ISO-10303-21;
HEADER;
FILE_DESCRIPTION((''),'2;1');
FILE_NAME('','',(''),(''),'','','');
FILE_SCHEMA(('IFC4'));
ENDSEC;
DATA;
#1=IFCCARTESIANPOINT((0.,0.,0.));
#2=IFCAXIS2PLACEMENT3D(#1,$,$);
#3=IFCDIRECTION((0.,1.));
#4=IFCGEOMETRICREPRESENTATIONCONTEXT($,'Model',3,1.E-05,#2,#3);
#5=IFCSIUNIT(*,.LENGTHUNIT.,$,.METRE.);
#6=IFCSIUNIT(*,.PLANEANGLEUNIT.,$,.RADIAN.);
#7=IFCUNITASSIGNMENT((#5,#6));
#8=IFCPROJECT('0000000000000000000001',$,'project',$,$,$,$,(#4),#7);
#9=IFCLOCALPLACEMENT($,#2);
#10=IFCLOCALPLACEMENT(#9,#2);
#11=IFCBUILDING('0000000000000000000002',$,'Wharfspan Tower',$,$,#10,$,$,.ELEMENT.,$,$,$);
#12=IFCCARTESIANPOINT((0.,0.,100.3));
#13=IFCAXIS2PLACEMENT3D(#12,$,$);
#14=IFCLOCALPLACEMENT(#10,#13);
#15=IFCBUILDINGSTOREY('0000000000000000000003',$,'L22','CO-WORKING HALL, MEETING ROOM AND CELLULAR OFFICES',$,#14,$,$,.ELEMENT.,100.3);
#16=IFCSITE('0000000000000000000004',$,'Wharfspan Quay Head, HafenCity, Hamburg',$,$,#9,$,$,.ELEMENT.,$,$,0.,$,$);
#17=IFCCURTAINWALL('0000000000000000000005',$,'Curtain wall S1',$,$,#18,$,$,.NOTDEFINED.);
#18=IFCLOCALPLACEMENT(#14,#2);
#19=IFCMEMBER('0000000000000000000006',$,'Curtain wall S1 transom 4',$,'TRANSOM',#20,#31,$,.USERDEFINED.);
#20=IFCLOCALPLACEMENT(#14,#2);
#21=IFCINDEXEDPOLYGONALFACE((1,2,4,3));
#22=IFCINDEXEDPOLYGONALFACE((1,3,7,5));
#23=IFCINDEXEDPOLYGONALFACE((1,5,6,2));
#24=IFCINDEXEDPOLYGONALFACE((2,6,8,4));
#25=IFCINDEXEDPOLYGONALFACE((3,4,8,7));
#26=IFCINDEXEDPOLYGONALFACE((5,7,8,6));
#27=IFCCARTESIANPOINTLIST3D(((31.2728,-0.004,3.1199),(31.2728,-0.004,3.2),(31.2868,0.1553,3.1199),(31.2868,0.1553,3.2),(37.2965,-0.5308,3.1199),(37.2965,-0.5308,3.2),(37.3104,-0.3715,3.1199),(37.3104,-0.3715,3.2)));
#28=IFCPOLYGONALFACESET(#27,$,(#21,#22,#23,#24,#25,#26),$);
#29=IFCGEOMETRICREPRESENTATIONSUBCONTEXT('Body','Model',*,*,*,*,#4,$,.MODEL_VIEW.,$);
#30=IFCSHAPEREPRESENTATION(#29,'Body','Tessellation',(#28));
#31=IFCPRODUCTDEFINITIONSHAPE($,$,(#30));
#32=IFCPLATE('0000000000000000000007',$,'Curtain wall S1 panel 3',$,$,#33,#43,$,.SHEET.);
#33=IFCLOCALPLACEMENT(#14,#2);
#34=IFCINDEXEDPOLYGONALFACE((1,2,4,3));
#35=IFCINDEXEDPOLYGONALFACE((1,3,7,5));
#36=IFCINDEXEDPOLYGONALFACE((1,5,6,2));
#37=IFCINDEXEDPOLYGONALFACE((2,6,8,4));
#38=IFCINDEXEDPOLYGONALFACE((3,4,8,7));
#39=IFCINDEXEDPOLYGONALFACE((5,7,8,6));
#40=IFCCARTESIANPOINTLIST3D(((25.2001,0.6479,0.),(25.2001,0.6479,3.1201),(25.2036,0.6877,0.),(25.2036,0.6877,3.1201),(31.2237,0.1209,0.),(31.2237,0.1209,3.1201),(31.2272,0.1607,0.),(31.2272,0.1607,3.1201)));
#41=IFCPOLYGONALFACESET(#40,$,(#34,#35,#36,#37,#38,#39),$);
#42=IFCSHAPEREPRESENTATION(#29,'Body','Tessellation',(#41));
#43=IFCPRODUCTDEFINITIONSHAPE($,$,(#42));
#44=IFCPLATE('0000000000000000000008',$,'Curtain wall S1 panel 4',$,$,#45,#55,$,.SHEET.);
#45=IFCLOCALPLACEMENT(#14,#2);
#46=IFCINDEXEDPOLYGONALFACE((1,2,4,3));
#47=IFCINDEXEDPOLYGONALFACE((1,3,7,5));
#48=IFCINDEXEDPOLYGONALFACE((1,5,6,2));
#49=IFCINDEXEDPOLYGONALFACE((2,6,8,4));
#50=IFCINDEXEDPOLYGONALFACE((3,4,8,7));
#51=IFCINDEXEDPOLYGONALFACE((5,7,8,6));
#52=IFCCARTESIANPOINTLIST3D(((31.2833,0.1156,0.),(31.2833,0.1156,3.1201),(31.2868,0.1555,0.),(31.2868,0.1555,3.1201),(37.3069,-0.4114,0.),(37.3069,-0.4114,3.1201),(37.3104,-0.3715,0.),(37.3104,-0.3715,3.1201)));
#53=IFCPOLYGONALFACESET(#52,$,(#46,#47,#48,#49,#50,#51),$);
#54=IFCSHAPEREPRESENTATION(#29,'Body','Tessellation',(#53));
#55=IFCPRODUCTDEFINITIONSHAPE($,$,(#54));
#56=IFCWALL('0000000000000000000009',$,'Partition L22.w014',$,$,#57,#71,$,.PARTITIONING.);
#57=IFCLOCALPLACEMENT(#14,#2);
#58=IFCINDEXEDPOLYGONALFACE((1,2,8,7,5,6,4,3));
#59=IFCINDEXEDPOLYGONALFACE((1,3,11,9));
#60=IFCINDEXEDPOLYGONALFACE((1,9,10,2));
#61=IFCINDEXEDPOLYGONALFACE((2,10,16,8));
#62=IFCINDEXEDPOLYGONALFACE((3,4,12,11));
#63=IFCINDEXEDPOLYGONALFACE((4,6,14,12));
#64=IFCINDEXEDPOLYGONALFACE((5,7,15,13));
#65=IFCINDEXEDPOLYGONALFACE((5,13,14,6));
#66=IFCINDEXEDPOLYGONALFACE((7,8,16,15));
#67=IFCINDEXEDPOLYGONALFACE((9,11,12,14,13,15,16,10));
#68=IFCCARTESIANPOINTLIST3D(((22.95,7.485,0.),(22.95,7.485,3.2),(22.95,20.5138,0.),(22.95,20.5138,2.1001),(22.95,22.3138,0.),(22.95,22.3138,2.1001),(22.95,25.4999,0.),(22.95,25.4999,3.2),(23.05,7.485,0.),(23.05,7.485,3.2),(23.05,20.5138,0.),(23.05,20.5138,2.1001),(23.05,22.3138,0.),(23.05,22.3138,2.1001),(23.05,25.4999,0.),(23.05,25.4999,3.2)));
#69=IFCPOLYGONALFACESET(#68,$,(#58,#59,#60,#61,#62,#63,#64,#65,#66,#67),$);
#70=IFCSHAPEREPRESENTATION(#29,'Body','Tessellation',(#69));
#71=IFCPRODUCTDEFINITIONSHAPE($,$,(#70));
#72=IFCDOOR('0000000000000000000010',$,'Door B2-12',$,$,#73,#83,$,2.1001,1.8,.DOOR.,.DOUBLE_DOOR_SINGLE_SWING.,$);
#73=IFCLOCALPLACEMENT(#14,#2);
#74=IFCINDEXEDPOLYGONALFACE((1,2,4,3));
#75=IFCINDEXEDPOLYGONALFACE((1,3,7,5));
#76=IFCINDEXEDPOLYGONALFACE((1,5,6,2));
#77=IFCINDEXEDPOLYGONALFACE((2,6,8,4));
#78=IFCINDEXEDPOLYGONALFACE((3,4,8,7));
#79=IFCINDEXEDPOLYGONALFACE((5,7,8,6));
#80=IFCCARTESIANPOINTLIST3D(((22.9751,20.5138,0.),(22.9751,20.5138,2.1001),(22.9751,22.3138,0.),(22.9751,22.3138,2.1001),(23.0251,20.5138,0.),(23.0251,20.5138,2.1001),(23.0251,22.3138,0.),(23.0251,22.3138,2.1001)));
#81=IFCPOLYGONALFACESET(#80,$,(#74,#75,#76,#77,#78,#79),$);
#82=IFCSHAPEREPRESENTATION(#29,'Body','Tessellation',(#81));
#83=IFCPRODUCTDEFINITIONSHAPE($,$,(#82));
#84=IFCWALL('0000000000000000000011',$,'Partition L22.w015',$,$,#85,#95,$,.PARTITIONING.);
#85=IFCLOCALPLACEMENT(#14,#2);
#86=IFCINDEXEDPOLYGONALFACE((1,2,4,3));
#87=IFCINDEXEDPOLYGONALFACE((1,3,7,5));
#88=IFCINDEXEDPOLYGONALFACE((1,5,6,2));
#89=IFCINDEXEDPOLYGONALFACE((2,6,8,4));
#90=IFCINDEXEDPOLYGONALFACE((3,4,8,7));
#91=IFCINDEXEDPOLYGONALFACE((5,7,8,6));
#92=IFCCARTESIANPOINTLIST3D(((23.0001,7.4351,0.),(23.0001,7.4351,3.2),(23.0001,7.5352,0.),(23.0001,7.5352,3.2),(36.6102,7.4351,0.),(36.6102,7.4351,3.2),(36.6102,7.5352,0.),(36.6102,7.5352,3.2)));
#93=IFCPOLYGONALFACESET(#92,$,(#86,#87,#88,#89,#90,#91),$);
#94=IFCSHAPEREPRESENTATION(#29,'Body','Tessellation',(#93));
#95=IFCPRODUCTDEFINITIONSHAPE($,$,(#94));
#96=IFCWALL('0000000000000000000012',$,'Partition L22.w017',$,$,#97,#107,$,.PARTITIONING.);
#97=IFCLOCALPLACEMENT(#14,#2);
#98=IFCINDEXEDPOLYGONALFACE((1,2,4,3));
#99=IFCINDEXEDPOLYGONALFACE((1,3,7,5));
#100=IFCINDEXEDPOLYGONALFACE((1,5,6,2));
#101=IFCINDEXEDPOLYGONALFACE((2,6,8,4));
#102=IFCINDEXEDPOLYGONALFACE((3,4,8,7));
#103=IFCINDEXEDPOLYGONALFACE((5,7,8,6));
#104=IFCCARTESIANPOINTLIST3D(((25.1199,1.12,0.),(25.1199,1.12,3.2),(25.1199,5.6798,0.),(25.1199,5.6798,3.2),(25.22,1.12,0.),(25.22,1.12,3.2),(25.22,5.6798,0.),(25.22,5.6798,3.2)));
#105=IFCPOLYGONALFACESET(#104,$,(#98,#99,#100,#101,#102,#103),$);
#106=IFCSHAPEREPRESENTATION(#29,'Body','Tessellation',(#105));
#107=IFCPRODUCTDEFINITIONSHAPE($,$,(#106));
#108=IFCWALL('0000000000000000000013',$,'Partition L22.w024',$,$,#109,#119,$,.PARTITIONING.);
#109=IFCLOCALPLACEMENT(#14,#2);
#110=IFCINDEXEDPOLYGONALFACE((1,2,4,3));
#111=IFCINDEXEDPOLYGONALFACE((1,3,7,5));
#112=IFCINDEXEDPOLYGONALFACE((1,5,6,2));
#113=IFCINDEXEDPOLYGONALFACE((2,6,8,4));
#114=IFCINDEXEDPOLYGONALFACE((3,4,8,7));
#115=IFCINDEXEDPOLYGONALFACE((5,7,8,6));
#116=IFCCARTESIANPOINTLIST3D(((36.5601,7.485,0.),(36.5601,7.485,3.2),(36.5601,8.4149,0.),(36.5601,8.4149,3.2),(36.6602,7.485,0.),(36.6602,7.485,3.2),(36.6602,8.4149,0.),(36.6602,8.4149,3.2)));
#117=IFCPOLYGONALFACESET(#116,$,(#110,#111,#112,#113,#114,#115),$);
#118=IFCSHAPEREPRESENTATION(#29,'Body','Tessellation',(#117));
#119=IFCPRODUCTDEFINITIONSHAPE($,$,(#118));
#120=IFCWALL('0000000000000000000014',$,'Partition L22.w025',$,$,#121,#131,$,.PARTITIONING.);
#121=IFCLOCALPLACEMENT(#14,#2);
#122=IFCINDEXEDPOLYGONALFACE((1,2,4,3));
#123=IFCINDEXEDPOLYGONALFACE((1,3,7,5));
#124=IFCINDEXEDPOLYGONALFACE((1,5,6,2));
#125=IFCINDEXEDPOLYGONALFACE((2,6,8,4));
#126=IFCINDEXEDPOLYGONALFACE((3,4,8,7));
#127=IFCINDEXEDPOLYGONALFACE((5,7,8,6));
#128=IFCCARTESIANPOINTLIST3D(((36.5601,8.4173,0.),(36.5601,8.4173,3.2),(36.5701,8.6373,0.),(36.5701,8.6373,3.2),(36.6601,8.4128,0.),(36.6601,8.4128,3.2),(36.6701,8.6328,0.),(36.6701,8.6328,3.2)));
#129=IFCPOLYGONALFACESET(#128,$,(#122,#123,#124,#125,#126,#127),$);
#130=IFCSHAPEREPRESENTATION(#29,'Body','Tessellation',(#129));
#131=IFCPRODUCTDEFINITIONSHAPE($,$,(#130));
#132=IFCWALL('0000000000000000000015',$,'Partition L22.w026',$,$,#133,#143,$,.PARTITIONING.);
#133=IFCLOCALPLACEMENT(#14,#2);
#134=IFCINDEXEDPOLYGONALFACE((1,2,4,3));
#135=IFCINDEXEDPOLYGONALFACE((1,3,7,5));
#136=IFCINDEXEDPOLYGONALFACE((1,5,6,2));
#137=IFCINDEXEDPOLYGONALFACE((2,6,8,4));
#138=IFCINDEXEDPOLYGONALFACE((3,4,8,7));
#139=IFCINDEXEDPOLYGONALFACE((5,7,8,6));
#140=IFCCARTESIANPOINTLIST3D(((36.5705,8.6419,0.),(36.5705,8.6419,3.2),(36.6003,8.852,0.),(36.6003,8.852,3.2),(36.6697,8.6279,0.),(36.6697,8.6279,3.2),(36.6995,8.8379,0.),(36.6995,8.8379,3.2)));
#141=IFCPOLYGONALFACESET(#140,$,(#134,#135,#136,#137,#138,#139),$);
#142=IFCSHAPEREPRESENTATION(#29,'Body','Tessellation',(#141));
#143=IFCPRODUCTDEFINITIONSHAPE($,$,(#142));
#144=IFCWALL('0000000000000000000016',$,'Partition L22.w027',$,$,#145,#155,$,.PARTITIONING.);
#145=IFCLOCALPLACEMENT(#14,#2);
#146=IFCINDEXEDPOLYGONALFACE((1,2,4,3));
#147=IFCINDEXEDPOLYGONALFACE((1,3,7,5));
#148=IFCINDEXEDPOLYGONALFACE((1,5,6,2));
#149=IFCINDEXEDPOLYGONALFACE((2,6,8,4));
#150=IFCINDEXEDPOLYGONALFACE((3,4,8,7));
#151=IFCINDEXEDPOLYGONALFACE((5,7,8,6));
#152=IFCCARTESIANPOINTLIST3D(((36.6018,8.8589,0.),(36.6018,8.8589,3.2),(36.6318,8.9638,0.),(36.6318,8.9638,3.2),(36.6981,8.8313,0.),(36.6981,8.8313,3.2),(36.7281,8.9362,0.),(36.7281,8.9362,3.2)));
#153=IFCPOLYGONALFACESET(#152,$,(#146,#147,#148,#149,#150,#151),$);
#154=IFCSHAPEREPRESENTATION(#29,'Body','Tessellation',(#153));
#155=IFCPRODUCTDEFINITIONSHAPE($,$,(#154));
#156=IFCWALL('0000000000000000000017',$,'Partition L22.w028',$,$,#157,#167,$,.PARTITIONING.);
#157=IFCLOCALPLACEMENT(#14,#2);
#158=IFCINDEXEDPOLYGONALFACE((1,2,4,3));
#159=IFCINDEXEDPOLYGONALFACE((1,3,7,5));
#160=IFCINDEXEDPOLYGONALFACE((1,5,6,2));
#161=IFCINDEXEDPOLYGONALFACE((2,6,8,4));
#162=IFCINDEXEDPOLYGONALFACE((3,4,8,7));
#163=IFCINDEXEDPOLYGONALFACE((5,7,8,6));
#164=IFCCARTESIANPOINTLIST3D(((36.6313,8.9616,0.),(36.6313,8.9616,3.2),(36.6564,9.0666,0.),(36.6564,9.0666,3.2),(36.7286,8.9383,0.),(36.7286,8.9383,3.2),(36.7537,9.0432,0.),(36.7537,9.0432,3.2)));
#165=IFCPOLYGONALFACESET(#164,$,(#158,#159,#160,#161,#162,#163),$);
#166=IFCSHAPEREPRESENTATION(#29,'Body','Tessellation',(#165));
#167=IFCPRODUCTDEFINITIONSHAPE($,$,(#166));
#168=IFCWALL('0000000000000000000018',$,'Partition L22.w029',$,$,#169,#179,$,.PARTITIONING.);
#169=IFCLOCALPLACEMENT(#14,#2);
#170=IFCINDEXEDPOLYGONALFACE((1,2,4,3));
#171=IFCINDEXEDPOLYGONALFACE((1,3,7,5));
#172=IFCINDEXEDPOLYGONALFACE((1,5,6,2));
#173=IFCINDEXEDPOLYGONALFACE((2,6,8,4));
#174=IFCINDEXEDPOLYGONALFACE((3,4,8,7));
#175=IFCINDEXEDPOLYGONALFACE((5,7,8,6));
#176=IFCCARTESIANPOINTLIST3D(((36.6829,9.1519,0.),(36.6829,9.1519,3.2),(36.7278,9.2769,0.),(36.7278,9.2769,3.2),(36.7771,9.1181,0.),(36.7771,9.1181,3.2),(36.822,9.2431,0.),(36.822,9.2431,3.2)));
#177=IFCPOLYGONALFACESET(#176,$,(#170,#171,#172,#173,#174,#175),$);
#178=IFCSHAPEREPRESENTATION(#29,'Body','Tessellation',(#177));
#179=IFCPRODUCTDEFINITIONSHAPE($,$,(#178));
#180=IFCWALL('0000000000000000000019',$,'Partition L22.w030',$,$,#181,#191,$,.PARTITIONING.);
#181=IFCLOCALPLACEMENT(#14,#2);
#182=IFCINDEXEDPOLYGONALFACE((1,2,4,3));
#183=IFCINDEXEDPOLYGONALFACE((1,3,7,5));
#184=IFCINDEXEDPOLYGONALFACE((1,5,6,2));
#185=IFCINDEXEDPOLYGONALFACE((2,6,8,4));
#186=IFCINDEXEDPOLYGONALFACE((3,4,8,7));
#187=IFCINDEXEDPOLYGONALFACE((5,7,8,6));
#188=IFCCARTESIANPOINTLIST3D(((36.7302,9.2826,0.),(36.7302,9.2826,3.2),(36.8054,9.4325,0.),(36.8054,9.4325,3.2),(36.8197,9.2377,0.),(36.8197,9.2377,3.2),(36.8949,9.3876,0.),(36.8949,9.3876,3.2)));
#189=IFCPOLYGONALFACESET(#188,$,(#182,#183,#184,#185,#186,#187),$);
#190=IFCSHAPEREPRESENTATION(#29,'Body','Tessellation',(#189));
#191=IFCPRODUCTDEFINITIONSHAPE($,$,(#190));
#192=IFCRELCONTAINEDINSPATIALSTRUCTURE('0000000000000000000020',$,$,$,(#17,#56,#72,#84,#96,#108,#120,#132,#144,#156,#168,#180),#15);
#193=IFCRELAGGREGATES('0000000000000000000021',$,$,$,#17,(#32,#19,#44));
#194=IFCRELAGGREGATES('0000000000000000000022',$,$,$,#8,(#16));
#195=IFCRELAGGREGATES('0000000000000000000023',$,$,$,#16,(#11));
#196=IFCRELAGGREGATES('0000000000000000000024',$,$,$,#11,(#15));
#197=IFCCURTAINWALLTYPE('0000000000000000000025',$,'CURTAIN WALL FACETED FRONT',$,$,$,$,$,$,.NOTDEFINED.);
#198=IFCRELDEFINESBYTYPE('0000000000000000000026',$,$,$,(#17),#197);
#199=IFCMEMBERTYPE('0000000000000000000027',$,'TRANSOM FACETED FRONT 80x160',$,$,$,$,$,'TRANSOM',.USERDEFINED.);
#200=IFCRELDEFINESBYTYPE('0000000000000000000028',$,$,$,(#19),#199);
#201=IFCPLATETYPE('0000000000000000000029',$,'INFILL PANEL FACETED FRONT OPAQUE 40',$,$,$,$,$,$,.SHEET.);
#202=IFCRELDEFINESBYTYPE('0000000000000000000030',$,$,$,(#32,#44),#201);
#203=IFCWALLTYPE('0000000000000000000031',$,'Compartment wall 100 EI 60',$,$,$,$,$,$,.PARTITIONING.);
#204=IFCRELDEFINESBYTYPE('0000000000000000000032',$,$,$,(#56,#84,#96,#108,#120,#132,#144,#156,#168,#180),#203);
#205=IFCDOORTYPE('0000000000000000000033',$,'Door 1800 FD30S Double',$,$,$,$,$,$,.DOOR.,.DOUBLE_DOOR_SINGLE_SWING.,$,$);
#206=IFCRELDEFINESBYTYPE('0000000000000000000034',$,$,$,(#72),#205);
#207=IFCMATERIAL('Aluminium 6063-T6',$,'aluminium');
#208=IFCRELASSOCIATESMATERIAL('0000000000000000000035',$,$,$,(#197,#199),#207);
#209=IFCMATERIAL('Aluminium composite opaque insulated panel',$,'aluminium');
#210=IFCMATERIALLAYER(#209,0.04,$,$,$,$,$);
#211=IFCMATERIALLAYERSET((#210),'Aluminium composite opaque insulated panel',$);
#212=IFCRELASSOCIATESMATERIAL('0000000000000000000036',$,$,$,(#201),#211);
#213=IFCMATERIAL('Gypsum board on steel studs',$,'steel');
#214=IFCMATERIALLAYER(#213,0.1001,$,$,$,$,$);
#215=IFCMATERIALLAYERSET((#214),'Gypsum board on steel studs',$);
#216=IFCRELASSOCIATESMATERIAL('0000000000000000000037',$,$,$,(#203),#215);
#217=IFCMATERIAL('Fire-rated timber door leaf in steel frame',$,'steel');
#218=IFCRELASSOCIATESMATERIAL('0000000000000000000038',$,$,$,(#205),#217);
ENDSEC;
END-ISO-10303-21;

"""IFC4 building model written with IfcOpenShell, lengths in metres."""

from ifc_helpers import new_model, si_unit, direction, frame, frame_2d, origin, origin_2d, place, context, subcontext, project, spatial, rectangle, extrude, material, layer, layer_set, material_profile, profile_set, type_object, element, fill, aggregate, save


model = new_model("IFC4")

# Units and contexts
model_context = context("Model", 3, precision=1e-05, world=origin(), true_north=direction((0.0, 1.0)))
body_context = subcontext(model_context, "Body", "Model", "MODEL_VIEW")
ifc_project = project(units=[si_unit("LENGTHUNIT", "METRE"), si_unit("PLANEANGLEUNIT", "RADIAN")], contexts=[model_context])

# Site, building, storey
site_placement = place(None, origin())
site = spatial("IfcSite", under=ifc_project, at=site_placement, Name="Wharfspan Quay Head, HafenCity, Hamburg", CompositionType="ELEMENT", RefElevation=0.0)
building_placement = place(site_placement, origin())
building = spatial("IfcBuilding", under=site, at=building_placement, Name="Wharfspan Tower", CompositionType="ELEMENT")
storey_placement = place(building_placement, frame((0.0, 0.0, 100.3)))
storey = spatial("IfcBuildingStorey", under=building, at=storey_placement, Name="L22", Description="CO-WORKING HALL, MEETING ROOM AND CELLULAR OFFICES", CompositionType="ELEMENT", Elevation=100.3)

# Curtain wall
ifc_material_1 = material(Name="Aluminium 6063-T6", Category="aluminium")
curtain_wall_type = type_object("IfcCurtainWallType", Name="CURTAIN WALL FACETED FRONT", PredefinedType="NOTDEFINED", material=ifc_material_1)
curtain_wall_placement = place(storey_placement, origin())
curtain_wall = element("IfcCurtainWall", 1, at=curtain_wall_placement, inside=storey, type_object=curtain_wall_type, Name="Curtain wall S1", PredefinedType="NOTDEFINED")

# Member
ifc_material_profile_1 = material_profile(ifc_material_1, rectangle(XDim=0.1599, YDim=0.0801, at=origin_2d()))
ifc_profile_set_1 = profile_set([ifc_material_profile_1], Name="Aluminium 6063-T6")
member_type_1 = type_object("IfcMemberType", Name="TRANSOM FACETED FRONT 80x160", ElementType="TRANSOM", PredefinedType="USERDEFINED", material=ifc_profile_set_1)
member_1_placement = place(storey_placement, frame((31.2798, 0.0757, 3.1599), z_axis=(0.996197, -0.087131, 0.0), x_axis=(0.087131, 0.996197, 0.0)))
member_1 = element("IfcMember", 2, at=member_1_placement, type_object=member_type_1, Name="Curtain wall S1 transom 4", ObjectType="TRANSOM", PredefinedType="USERDEFINED", context=body_context, shape_type="SweptSolid", body=[
    extrude(rectangle(XDim=0.1599, YDim=0.0801, at=origin_2d()), origin(), (0.0, 0.0, 1.0), 6.0466),
])

# Plates
ifc_material_2 = material(Name="Aluminium composite opaque insulated panel", Category="aluminium")
ifc_layer_1 = layer(ifc_material_2, 0.04)
ifc_layer_set_1 = layer_set([ifc_layer_1], Name="Aluminium composite opaque insulated panel")
plate_type = type_object("IfcPlateType", Name="INFILL PANEL FACETED FRONT OPAQUE 40", PredefinedType="SHEET", material=ifc_layer_set_1)
plate_1_placement = place(storey_placement, frame((28.2136, 0.4043, 0.0), z_axis=(0.0, 0.0, 1.0), x_axis=(0.996198, -0.087156, 0.0)))
plate_1 = element("IfcPlate", 3, at=plate_1_placement, type_object=plate_type, Name="Curtain wall S1 panel 3", PredefinedType="SHEET", context=body_context, shape_type="SweptSolid", body=[
    extrude(rectangle(XDim=6.0466, YDim=0.04, at=origin_2d()), origin(), (0.0, 0.0, 1.0), 3.1201),
])
plate_2_placement = place(storey_placement, frame((34.2969, -0.1279, 0.0), z_axis=(0.0, 0.0, 1.0), x_axis=(0.996198, -0.087156, 0.0)))
plate_2 = element("IfcPlate", 4, at=plate_2_placement, type_object=plate_type, Name="Curtain wall S1 panel 4", PredefinedType="SHEET", context=body_context, shape_type="SweptSolid", body=[
    extrude(rectangle(XDim=6.0466, YDim=0.04, at=origin_2d()), origin(), (0.0, 0.0, 1.0), 3.1201),
])
aggregate(curtain_wall, [plate_1, member_1, plate_2])

# Wall, opening, door
ifc_material_3 = material(Name="Gypsum board on steel studs", Category="steel")
ifc_layer_2 = layer(ifc_material_3, 0.1001)
ifc_layer_set_2 = layer_set([ifc_layer_2], Name="Gypsum board on steel studs")
wall_type_1 = type_object("IfcWallType", Name="Compartment wall 100 EI 60", PredefinedType="PARTITIONING", material=ifc_layer_set_2)
wall_1_placement = place(storey_placement, frame((23.0, 7.4851, 0.0), z_axis=(0.0, 0.0, 1.0), x_axis=(0.0, 1.0, 0.0)))
wall_1 = element("IfcWall", 5, at=wall_1_placement, inside=storey, type_object=wall_type_1, Name="Partition L22.w014", PredefinedType="PARTITIONING", context=body_context, shape_type="SweptSolid", body=[
    extrude(rectangle(XDim=18.0149, YDim=0.1001, at=frame_2d((9.0073, 0.0))), origin(), (0.0, 0.0, 1.0), 3.2),
])
opening_1_placement = place(wall_1_placement, frame((13.0288, 0.0, 0.0)))
opening_1 = element("IfcOpeningElement", 6, at=opening_1_placement, cuts=wall_1, PredefinedType="OPENING", context=body_context, shape_type="SweptSolid", body=[
    extrude(rectangle(XDim=1.8, YDim=2.1001, at=frame_2d((0.8999, 1.05))), frame((0.0, 0.0601, 0.0), z_axis=(0.0, -1.0, 0.0), x_axis=(1.0, 0.0, 0.0)), (0.0, 0.0, 1.0), 0.1201),
])
ifc_material_4 = material(Name="Fire-rated timber door leaf in steel frame", Category="steel")
door_type_1 = type_object("IfcDoorType", Name="Door 1800 FD30S Double", OperationType="DOUBLE_DOOR_SINGLE_SWING", PredefinedType="DOOR", material=ifc_material_4)
door_1_placement = place(opening_1_placement, origin())
door_1 = element("IfcDoor", 7, at=door_1_placement, inside=storey, type_object=door_type_1, Name="Door B2-12", OperationType="DOUBLE_DOOR_SINGLE_SWING", OverallHeight=2.1001, OverallWidth=1.8, PredefinedType="DOOR", context=body_context, shape_type="SweptSolid", body=[
    extrude(rectangle(XDim=1.8, YDim=2.1001, at=frame_2d((0.8999, 1.05))), frame((0.0, 0.0249, 0.0), z_axis=(0.0, -1.0, 0.0), x_axis=(1.0, 0.0, 0.0)), (0.0, 0.0, 1.0), 0.05),
])
fill(opening_1, door_1)

# Walls
wall_2_placement = place(storey_placement, frame((23.0, 7.4851, 0.0), z_axis=(0.0, 0.0, 1.0), x_axis=(1.0, 0.0, 0.0)))
element("IfcWall", 8, at=wall_2_placement, inside=storey, type_object=wall_type_1, Name="Partition L22.w015", PredefinedType="PARTITIONING", context=body_context, shape_type="SweptSolid", body=[
    extrude(rectangle(XDim=13.6101, YDim=0.1001, at=frame_2d((6.8052, 0.0))), origin(), (0.0, 0.0, 1.0), 3.2),
])
wall_3_placement = place(storey_placement, frame((25.1699, 1.1201, 0.0), z_axis=(0.0, 0.0, 1.0), x_axis=(0.0, 1.0, 0.0)))
element("IfcWall", 9, at=wall_3_placement, inside=storey, type_object=wall_type_1, Name="Partition L22.w017", PredefinedType="PARTITIONING", context=body_context, shape_type="SweptSolid", body=[
    extrude(rectangle(XDim=4.5598, YDim=0.1001, at=frame_2d((2.2798, 0.0))), origin(), (0.0, 0.0, 1.0), 3.2),
])
wall_4_placement = place(storey_placement, frame((36.6101, 7.4851, 0.0), z_axis=(0.0, 0.0, 1.0), x_axis=(0.0, 1.0, 0.0)))
element("IfcWall", 10, at=wall_4_placement, inside=storey, type_object=wall_type_1, Name="Partition L22.w024", PredefinedType="PARTITIONING", context=body_context, shape_type="SweptSolid", body=[
    extrude(rectangle(XDim=0.9299, YDim=0.1001, at=frame_2d((0.4648, 0.0))), origin(), (0.0, 0.0, 1.0), 3.2),
])
wall_5_placement = place(storey_placement, frame((36.6101, 8.415, 0.0), z_axis=(0.0, 0.0, 1.0), x_axis=(0.045458, 0.998967, 0.0)))
element("IfcWall", 11, at=wall_5_placement, inside=storey, type_object=wall_type_1, Name="Partition L22.w025", PredefinedType="PARTITIONING", context=body_context, shape_type="SweptSolid", body=[
    extrude(rectangle(XDim=0.2202, YDim=0.1001, at=frame_2d((0.1101, 0.0))), origin(), (0.0, 0.0, 1.0), 3.2),
])
wall_6_placement = place(storey_placement, frame((36.6201, 8.635, 0.0), z_axis=(0.0, 0.0, 1.0), x_axis=(0.140454, 0.990086, 0.0)))
element("IfcWall", 12, at=wall_6_placement, inside=storey, type_object=wall_type_1, Name="Partition L22.w026", PredefinedType="PARTITIONING", context=body_context, shape_type="SweptSolid", body=[
    extrude(rectangle(XDim=0.2122, YDim=0.1001, at=frame_2d((0.106, 0.0))), origin(), (0.0, 0.0, 1.0), 3.2),
])
wall_7_placement = place(storey_placement, frame((36.6499, 8.845, 0.0), z_axis=(0.0, 0.0, 1.0), x_axis=(0.275016, 0.961438, 0.0)))
element("IfcWall", 13, at=wall_7_placement, inside=storey, type_object=wall_type_1, Name="Partition L22.w027", PredefinedType="PARTITIONING", context=body_context, shape_type="SweptSolid", body=[
    extrude(rectangle(XDim=0.1091, YDim=0.1001, at=frame_2d((0.0547, 0.0))), origin(), (0.0, 0.0, 1.0), 3.2),
])
wall_8_placement = place(storey_placement, frame((36.6799, 8.95, 0.0), z_axis=(0.0, 0.0, 1.0), x_axis=(0.232946, 0.972493, 0.0)))
element("IfcWall", 14, at=wall_8_placement, inside=storey, type_object=wall_type_1, Name="Partition L22.w028", PredefinedType="PARTITIONING", context=body_context, shape_type="SweptSolid", body=[
    extrude(rectangle(XDim=0.1079, YDim=0.1001, at=frame_2d((0.054, 0.0))), origin(), (0.0, 0.0, 1.0), 3.2),
])
wall_9_placement = place(storey_placement, frame((36.73, 9.135, 0.0), z_axis=(0.0, 0.0, 1.0), x_axis=(0.3382, 0.941078, 0.0)))
element("IfcWall", 15, at=wall_9_placement, inside=storey, type_object=wall_type_1, Name="Partition L22.w029", PredefinedType="PARTITIONING", context=body_context, shape_type="SweptSolid", body=[
    extrude(rectangle(XDim=0.1328, YDim=0.1001, at=frame_2d((0.0664, 0.0))), origin(), (0.0, 0.0, 1.0), 3.2),
])
wall_10_placement = place(storey_placement, frame((36.7749, 9.26, 0.0), z_axis=(0.0, 0.0, 1.0), x_axis=(0.44838, 0.893848, 0.0)))
element("IfcWall", 16, at=wall_10_placement, inside=storey, type_object=wall_type_1, Name="Partition L22.w030", PredefinedType="PARTITIONING", context=body_context, shape_type="SweptSolid", body=[
    extrude(rectangle(XDim=0.1677, YDim=0.1001, at=frame_2d((0.084, 0.0))), origin(), (0.0, 0.0, 1.0), 3.2),
])

save(model, "model.ifc")
